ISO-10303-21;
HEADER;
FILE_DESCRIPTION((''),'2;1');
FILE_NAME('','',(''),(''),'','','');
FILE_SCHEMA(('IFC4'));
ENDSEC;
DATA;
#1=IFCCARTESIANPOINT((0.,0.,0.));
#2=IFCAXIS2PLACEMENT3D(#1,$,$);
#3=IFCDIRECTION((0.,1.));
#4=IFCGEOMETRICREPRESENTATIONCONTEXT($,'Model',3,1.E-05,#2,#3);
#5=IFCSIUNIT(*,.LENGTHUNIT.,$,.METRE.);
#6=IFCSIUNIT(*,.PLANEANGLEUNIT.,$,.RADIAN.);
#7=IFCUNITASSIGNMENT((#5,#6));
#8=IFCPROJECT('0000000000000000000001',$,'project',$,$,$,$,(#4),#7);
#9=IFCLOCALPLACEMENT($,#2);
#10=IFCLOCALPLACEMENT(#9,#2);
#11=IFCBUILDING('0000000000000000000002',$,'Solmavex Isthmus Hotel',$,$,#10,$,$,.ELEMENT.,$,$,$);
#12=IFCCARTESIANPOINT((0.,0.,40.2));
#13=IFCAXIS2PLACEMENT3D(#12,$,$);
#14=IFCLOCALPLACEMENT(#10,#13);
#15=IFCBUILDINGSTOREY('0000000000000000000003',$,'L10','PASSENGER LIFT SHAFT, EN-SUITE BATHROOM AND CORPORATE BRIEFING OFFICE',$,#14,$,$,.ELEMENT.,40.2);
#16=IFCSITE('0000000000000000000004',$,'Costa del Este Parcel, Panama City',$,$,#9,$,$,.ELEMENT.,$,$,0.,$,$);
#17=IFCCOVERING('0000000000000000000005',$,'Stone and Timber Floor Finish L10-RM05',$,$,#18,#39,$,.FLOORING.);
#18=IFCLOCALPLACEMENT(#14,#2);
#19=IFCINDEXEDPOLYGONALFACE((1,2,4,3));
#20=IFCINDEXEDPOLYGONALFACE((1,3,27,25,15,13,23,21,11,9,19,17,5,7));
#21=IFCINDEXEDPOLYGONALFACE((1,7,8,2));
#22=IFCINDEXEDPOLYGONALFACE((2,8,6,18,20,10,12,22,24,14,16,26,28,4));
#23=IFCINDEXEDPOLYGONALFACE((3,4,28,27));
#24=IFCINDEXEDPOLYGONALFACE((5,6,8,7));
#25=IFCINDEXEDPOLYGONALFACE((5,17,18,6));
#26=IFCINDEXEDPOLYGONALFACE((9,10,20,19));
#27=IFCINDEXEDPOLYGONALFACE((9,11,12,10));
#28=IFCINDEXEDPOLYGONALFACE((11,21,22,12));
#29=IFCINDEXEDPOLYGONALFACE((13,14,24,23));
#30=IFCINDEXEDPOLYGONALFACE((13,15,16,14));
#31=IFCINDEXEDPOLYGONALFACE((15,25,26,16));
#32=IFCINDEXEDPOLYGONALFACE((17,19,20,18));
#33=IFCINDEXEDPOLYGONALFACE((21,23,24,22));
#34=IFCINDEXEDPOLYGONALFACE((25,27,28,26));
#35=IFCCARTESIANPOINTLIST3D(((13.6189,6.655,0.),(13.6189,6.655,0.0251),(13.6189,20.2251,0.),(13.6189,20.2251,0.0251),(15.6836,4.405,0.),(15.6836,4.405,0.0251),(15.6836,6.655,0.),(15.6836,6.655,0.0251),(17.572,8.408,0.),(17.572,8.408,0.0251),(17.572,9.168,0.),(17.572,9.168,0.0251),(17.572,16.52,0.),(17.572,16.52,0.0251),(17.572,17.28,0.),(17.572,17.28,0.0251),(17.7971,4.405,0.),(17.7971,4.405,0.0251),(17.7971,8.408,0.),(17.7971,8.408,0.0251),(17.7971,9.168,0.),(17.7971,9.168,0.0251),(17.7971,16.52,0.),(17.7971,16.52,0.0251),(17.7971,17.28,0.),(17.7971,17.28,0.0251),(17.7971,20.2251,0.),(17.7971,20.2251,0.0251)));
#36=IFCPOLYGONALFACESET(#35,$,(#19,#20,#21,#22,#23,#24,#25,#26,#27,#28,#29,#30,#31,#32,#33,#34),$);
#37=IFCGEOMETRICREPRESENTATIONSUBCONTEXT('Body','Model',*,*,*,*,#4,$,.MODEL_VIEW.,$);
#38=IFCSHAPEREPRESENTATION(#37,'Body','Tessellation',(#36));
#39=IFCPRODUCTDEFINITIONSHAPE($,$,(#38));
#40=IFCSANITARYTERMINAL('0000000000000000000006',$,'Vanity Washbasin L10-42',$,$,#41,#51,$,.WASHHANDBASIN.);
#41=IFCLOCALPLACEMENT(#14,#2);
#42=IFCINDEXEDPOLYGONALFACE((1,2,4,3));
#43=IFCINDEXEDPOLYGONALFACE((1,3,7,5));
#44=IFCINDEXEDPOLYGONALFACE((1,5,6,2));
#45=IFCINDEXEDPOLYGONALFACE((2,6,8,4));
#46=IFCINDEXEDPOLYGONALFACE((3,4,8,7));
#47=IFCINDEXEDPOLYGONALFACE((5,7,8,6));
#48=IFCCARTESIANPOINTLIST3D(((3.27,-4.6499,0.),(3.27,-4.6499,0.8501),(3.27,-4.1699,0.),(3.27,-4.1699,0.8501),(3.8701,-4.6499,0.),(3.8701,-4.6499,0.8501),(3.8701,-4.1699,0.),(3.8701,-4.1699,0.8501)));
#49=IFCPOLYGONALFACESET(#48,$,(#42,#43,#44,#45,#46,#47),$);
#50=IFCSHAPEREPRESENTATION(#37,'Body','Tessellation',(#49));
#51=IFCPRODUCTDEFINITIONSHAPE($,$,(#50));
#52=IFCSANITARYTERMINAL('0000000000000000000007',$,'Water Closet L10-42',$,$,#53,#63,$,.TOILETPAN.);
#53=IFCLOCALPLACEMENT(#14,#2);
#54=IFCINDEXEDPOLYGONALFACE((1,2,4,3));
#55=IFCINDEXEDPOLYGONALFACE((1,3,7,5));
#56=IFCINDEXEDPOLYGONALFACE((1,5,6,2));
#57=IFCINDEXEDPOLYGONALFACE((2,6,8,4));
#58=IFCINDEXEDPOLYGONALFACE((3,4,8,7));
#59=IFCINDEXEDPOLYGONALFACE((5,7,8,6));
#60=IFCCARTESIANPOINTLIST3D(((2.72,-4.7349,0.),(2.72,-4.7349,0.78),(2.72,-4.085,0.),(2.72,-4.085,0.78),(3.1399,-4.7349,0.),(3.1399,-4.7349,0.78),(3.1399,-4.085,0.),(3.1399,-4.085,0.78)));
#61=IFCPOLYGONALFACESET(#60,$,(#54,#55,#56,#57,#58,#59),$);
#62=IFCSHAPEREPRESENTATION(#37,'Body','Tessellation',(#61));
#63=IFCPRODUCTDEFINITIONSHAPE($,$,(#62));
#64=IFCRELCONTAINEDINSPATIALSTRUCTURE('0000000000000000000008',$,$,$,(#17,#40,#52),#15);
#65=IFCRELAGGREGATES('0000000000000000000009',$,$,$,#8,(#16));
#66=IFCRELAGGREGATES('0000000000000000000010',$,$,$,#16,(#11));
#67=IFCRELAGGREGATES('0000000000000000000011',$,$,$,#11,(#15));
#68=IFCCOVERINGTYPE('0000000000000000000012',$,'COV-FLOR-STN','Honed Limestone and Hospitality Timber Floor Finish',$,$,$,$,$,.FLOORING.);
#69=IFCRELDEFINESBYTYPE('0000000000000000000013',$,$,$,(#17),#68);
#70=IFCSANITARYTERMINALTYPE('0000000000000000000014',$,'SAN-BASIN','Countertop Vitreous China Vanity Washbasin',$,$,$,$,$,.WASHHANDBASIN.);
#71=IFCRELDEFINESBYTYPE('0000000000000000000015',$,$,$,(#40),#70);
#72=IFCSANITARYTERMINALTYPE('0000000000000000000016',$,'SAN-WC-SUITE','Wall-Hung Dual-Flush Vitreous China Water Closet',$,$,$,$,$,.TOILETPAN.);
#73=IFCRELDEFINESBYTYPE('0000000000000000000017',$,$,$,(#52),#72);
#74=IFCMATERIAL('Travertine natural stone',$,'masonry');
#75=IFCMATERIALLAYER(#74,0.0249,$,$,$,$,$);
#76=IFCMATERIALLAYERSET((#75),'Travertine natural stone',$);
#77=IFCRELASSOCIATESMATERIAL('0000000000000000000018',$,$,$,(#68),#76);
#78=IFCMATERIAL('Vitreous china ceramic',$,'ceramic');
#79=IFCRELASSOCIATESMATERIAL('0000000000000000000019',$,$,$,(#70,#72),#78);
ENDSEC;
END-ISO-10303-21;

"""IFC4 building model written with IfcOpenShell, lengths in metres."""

from ifc_helpers import new_model, si_unit, direction, frame, origin, origin_2d, place, context, subcontext, project, spatial, polyline, rectangle, outline, extrude, material, layer, layer_set, type_object, element, save


model = new_model("IFC4")

# Units and contexts
model_context = context("Model", 3, precision=1e-05, world=origin(), true_north=direction((0.0, 1.0)))
body_context = subcontext(model_context, "Body", "Model", "MODEL_VIEW")
ifc_project = project(units=[si_unit("LENGTHUNIT", "METRE"), si_unit("PLANEANGLEUNIT", "RADIAN")], contexts=[model_context])

# Site, building, storey
site_placement = place(None, origin())
site = spatial("IfcSite", under=ifc_project, at=site_placement, Name="Costa del Este Parcel, Panama City", CompositionType="ELEMENT", RefElevation=0.0)
building_placement = place(site_placement, origin())
building = spatial("IfcBuilding", under=site, at=building_placement, Name="Solmavex Isthmus Hotel", CompositionType="ELEMENT")
storey_placement = place(building_placement, frame((0.0, 0.0, 40.2)))
storey = spatial("IfcBuildingStorey", under=building, at=storey_placement, Name="L10", Description="PASSENGER LIFT SHAFT, EN-SUITE BATHROOM AND CORPORATE BRIEFING OFFICE", CompositionType="ELEMENT", Elevation=40.2)

# Covering
ifc_material_1 = material(Name="Travertine natural stone", Category="masonry")
ifc_layer_1 = layer(ifc_material_1, 0.0249)
ifc_layer_set_1 = layer_set([ifc_layer_1], Name="Travertine natural stone")
covering_type_1 = type_object("IfcCoveringType", Name="COV-FLOR-STN", Description="Honed Limestone and Hospitality Timber Floor Finish", PredefinedType="FLOORING", material=ifc_layer_set_1)
covering_1_placement = place(storey_placement, origin())
element("IfcCovering", 1, at=covering_1_placement, inside=storey, type_object=covering_type_1, Name="Stone and Timber Floor Finish L10-RM05", PredefinedType="FLOORING", context=body_context, shape_type="SweptSolid", body=[
    extrude(outline(polyline([(17.7971, 16.52), (17.572, 16.52), (17.572, 17.28), (17.7971, 17.28), (17.7971, 20.2251), (13.6189, 20.2251), (13.6189, 6.655), (15.6836, 6.655), (15.6836, 4.405), (17.7971, 4.405), (17.7971, 8.408), (17.572, 8.408), (17.572, 9.168), (17.7971, 9.168), (17.7971, 16.52)])), origin(), (0.0, 0.0, 1.0), 0.0251),
])

# Sanitary terminals
ifc_material_2 = material(Name="Vitreous china ceramic", Category="ceramic")
sanitary_terminal_type_1 = type_object("IfcSanitaryTerminalType", Name="SAN-BASIN", Description="Countertop Vitreous China Vanity Washbasin", PredefinedType="WASHHANDBASIN", material=ifc_material_2)
sanitary_terminal_1_placement = place(storey_placement, frame((3.5701, -4.4099, 0.0), z_axis=(0.0, 0.0, 1.0), x_axis=(1.0, 0.0, 0.0)))
element("IfcSanitaryTerminal", 2, at=sanitary_terminal_1_placement, inside=storey, type_object=sanitary_terminal_type_1, Name="Vanity Washbasin L10-42", PredefinedType="WASHHANDBASIN", context=body_context, shape_type="SweptSolid", body=[
    extrude(rectangle(XDim=0.6001, YDim=0.48, at=origin_2d()), origin(), (0.0, 0.0, 1.0), 0.8501),
])
sanitary_terminal_type_2 = type_object("IfcSanitaryTerminalType", Name="SAN-WC-SUITE", Description="Wall-Hung Dual-Flush Vitreous China Water Closet", PredefinedType="TOILETPAN", material=ifc_material_2)
sanitary_terminal_2_placement = place(storey_placement, frame((2.9299, -4.4099, 0.0), z_axis=(0.0, 0.0, 1.0), x_axis=(1.0, 0.0, 0.0)))
element("IfcSanitaryTerminal", 3, at=sanitary_terminal_2_placement, inside=storey, type_object=sanitary_terminal_type_2, Name="Water Closet L10-42", PredefinedType="TOILETPAN", context=body_context, shape_type="SweptSolid", body=[
    extrude(rectangle(XDim=0.4199, YDim=0.6499, at=origin_2d()), origin(), (0.0, 0.0, 1.0), 0.78),
])

save(model, "model.ifc")
